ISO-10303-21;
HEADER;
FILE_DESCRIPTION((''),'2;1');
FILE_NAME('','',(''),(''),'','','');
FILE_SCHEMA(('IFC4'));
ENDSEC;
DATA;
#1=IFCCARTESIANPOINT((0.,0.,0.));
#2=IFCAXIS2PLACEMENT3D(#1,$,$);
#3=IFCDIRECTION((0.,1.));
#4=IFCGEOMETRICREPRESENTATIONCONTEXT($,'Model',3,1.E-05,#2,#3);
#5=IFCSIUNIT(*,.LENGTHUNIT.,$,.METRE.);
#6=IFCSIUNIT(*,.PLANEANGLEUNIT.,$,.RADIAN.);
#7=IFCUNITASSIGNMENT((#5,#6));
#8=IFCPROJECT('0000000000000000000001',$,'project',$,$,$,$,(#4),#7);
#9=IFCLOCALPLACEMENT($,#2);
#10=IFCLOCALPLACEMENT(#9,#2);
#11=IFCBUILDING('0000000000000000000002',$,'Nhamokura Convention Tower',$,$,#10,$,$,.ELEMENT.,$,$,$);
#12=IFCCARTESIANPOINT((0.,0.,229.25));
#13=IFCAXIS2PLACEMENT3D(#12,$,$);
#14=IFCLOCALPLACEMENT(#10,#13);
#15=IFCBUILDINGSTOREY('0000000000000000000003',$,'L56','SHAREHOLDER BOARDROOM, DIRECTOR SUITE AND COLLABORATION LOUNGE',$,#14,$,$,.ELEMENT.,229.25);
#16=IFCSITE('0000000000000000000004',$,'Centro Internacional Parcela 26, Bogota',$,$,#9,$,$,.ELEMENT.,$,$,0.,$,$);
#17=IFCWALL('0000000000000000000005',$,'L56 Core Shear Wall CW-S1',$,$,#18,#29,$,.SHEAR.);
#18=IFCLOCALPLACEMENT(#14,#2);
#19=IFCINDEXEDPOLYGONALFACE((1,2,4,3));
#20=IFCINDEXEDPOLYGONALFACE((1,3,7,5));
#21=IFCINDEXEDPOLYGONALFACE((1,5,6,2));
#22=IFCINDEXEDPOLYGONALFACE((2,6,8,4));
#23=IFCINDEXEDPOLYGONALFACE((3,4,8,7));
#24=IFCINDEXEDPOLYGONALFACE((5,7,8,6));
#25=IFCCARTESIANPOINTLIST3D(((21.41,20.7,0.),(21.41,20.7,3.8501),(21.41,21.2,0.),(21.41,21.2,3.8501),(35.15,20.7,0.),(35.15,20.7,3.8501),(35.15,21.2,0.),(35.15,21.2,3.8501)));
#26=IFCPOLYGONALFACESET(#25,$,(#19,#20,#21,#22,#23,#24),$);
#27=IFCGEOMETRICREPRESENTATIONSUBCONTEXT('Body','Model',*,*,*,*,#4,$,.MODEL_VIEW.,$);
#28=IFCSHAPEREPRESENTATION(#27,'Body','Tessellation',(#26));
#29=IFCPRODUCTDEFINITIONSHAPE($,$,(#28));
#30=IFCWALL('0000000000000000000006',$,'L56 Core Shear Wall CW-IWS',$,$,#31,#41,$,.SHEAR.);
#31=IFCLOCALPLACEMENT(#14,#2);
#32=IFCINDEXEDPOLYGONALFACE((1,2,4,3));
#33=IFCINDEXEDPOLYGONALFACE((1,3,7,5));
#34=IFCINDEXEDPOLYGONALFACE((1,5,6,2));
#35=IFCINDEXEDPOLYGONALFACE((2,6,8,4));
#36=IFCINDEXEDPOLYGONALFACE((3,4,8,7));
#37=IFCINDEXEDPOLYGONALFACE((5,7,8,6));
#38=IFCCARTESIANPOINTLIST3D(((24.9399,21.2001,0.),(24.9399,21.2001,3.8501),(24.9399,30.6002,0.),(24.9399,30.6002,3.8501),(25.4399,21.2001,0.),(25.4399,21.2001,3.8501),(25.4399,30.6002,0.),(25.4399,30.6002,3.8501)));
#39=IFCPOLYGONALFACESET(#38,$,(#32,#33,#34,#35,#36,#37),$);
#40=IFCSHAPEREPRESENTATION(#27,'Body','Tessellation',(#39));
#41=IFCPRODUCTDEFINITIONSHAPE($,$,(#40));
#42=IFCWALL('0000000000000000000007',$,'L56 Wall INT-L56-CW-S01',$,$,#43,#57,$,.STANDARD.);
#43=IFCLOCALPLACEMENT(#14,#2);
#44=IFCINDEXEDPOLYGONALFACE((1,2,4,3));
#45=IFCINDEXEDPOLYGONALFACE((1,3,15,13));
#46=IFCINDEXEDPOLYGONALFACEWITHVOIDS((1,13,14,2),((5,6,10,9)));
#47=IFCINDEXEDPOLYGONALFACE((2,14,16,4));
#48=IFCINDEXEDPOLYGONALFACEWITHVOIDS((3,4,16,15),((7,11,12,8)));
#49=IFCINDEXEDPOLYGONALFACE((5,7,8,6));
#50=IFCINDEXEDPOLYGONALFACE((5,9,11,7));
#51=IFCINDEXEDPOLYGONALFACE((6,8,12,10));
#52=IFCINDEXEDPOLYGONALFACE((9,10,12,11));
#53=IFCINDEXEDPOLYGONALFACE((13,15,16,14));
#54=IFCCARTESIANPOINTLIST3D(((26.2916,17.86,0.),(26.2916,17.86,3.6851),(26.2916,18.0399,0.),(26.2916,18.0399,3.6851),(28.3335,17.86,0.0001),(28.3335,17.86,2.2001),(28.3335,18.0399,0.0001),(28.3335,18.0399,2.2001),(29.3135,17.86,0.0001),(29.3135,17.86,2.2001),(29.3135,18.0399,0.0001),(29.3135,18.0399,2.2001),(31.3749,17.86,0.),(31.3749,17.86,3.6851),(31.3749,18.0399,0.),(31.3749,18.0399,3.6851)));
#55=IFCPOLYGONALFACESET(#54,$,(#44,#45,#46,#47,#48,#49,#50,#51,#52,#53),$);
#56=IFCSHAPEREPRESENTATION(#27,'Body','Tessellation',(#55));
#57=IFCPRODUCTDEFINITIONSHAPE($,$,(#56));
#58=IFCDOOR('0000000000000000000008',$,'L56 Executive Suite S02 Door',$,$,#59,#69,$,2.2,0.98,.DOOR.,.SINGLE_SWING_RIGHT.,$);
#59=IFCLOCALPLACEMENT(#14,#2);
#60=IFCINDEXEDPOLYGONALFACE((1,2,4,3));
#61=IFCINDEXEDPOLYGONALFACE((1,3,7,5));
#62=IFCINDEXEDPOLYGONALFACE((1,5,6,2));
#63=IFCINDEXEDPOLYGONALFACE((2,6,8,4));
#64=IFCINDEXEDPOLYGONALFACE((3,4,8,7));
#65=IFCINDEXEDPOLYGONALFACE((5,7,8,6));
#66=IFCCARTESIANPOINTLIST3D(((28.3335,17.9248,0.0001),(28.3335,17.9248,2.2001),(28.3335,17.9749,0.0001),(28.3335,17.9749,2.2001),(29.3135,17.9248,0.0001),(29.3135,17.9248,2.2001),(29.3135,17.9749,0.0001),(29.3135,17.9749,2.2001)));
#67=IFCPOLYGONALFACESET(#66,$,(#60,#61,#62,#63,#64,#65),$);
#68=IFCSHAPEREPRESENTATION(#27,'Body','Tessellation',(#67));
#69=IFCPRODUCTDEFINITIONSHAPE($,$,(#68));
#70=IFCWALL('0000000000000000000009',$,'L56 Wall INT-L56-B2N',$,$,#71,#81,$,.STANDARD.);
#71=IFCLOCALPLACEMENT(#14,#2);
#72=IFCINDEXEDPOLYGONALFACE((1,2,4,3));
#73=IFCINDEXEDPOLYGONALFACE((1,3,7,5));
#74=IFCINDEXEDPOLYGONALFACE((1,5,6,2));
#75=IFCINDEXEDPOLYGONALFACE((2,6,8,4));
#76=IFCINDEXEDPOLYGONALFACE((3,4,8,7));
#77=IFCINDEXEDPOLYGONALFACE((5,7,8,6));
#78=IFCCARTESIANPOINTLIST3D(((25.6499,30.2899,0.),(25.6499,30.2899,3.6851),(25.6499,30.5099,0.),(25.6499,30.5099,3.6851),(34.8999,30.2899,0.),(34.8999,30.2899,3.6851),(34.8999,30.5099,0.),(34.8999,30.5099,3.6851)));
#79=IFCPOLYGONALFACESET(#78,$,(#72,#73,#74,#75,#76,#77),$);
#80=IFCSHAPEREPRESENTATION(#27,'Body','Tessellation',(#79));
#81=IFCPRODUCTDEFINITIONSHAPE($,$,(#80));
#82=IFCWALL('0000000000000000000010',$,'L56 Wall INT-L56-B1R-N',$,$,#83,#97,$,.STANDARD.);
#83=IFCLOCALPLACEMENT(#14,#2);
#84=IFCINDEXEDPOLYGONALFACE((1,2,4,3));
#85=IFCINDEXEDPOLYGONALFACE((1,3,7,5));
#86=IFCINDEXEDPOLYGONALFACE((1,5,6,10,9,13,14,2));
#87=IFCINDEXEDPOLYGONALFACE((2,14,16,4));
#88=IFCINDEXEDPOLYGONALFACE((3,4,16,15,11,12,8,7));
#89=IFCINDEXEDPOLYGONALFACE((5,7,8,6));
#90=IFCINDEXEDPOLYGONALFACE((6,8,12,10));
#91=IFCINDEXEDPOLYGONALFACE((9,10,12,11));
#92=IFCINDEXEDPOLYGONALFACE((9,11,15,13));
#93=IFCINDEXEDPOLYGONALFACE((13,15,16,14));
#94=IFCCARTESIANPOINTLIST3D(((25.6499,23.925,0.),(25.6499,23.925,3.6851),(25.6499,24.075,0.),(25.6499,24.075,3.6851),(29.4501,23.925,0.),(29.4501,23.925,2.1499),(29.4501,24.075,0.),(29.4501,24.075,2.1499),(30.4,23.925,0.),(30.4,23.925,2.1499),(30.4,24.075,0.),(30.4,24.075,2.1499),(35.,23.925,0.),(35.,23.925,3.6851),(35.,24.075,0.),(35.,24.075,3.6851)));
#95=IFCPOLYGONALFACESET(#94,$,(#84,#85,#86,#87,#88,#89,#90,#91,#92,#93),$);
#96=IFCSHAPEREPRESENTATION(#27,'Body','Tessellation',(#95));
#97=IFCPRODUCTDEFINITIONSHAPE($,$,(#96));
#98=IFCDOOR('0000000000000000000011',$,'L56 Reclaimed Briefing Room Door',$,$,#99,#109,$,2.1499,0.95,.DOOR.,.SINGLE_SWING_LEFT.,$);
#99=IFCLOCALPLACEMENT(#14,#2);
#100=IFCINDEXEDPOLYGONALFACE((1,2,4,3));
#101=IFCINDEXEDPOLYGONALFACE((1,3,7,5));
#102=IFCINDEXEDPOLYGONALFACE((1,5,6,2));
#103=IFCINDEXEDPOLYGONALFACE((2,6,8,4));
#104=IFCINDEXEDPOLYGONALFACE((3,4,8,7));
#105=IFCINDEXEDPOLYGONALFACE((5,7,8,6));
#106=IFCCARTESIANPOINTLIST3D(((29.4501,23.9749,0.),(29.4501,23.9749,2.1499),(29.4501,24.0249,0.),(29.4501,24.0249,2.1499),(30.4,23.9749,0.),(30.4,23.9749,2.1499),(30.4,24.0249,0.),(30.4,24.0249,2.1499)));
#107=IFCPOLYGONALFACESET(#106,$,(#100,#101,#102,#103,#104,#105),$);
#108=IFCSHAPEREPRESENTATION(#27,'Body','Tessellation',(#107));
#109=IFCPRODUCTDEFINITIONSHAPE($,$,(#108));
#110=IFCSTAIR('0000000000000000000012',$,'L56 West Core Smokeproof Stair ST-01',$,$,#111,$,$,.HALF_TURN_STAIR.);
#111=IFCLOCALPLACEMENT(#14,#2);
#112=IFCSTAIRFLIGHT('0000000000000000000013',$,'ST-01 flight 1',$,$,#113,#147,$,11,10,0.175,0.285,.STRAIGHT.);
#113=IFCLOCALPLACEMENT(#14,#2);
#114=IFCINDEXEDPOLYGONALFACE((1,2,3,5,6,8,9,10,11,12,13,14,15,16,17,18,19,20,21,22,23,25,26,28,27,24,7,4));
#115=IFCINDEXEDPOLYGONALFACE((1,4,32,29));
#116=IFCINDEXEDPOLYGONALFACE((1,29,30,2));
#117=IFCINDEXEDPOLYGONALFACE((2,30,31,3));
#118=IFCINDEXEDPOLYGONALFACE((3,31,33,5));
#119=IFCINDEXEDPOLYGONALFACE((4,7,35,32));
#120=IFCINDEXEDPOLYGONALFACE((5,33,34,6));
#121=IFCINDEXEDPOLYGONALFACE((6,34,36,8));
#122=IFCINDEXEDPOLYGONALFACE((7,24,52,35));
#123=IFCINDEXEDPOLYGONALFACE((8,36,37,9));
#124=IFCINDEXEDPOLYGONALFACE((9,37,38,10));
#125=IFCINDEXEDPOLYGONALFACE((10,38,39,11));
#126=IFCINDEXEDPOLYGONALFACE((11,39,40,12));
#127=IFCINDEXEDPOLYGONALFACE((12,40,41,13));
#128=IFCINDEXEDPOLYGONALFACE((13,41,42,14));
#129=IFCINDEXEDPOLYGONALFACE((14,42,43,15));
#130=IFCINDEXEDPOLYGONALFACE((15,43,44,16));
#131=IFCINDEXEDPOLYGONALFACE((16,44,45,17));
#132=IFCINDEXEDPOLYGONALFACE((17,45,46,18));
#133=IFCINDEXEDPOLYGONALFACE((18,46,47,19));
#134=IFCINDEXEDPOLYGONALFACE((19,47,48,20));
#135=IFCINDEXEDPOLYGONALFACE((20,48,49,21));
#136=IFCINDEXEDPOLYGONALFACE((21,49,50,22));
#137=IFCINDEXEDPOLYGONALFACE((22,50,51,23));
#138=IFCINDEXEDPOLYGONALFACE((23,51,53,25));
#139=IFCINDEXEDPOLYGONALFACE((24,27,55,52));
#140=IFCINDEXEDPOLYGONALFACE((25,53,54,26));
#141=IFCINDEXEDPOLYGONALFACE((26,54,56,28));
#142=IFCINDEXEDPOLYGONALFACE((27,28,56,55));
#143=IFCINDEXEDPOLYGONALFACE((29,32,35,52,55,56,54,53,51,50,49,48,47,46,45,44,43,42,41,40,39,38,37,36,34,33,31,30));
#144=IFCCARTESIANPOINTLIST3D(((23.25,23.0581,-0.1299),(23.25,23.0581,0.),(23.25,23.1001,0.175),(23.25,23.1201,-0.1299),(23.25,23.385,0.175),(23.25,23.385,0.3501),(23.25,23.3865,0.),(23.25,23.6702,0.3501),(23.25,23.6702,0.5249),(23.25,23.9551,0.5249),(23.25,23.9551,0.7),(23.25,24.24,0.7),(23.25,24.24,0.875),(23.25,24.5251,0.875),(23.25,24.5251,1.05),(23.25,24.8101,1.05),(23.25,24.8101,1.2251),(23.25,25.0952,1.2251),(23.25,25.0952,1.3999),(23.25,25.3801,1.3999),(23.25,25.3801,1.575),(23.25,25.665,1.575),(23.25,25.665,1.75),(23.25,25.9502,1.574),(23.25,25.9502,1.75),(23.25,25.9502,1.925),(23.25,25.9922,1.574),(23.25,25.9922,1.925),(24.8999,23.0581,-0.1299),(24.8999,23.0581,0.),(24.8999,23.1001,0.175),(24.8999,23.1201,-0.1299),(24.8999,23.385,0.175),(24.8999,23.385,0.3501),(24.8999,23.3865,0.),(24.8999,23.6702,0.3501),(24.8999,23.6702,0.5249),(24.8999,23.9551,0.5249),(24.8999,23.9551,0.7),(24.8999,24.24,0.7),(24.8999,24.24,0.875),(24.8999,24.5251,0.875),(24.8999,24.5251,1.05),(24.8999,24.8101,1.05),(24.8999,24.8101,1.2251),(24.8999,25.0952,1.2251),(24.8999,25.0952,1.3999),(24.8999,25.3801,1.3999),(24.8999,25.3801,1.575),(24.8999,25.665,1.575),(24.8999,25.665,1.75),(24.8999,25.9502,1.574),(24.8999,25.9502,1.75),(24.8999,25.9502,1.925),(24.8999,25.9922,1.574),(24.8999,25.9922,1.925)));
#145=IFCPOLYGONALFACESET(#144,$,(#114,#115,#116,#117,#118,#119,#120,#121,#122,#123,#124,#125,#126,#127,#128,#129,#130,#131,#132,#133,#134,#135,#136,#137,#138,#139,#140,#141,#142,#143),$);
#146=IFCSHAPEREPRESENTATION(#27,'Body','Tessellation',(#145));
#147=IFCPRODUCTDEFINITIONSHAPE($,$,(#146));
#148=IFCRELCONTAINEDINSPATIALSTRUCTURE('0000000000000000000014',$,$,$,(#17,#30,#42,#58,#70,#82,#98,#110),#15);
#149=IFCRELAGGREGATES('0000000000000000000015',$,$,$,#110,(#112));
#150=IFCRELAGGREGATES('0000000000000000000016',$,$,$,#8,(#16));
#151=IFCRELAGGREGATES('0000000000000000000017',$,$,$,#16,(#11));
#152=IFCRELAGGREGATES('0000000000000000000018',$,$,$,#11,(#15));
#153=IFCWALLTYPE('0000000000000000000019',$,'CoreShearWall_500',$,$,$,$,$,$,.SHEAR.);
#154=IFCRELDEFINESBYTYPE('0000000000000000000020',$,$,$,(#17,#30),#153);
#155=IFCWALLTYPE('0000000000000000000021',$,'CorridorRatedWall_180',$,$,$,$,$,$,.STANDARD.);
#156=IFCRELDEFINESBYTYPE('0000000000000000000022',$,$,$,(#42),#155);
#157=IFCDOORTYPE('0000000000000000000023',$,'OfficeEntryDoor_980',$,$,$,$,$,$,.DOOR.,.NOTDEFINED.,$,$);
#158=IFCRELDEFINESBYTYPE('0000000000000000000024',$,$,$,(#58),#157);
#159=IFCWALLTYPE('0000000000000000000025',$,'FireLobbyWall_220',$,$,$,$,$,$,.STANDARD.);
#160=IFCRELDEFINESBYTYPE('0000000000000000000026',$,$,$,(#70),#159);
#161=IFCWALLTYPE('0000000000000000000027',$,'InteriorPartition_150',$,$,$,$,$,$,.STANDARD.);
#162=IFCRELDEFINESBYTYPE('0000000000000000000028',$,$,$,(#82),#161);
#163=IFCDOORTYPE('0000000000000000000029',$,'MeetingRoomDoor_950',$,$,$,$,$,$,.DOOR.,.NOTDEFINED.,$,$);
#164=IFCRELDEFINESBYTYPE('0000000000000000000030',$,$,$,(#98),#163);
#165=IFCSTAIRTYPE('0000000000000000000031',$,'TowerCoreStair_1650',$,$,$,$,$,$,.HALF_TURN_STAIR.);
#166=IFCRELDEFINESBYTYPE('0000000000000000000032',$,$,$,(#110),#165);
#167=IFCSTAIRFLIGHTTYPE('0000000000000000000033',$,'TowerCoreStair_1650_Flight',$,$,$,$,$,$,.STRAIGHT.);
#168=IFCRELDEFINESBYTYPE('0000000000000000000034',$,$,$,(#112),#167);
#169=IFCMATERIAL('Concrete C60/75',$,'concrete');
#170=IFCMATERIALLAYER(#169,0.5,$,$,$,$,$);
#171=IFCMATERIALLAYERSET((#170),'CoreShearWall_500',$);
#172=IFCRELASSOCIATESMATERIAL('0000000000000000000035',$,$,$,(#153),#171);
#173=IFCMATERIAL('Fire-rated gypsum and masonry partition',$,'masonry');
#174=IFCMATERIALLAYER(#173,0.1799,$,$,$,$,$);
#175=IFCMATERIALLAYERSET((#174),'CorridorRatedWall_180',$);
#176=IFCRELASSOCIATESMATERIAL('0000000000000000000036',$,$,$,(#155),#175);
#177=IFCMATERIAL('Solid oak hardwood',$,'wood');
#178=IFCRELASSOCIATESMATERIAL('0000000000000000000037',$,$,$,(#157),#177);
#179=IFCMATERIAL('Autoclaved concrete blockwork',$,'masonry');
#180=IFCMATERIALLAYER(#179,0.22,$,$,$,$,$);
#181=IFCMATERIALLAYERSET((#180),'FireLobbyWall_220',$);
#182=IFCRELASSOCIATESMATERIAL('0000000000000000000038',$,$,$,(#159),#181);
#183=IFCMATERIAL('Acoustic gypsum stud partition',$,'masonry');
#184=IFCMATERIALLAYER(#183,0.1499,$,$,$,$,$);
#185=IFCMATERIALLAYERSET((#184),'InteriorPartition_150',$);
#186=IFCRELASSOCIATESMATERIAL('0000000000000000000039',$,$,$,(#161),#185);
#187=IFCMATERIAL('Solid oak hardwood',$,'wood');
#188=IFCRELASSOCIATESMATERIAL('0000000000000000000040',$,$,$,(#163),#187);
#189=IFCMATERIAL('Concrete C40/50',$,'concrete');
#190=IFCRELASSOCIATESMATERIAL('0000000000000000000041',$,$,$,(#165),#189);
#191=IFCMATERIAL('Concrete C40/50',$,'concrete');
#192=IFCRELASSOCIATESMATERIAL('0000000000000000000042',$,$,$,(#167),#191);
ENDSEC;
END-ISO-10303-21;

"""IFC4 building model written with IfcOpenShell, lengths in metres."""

from ifc_helpers import new_model, si_unit, direction, frame, frame_2d, origin, place, context, subcontext, project, spatial, polyline, rectangle, outline, extrude, material, layer, layer_set, type_object, element, fill, aggregate, save


model = new_model("IFC4")

# Units and contexts
model_context = context("Model", 3, precision=1e-05, world=origin(), true_north=direction((0.0, 1.0)))
body_context = subcontext(model_context, "Body", "Model", "MODEL_VIEW")
ifc_project = project(units=[si_unit("LENGTHUNIT", "METRE"), si_unit("PLANEANGLEUNIT", "RADIAN")], contexts=[model_context])

# Site, building, storey
site_placement = place(None, origin())
site = spatial("IfcSite", under=ifc_project, at=site_placement, Name="Centro Internacional Parcela 26, Bogota", CompositionType="ELEMENT", RefElevation=0.0)
building_placement = place(site_placement, origin())
building = spatial("IfcBuilding", under=site, at=building_placement, Name="Nhamokura Convention Tower", CompositionType="ELEMENT")
storey_placement = place(building_placement, frame((0.0, 0.0, 229.25)))
storey = spatial("IfcBuildingStorey", under=building, at=storey_placement, Name="L56", Description="SHAREHOLDER BOARDROOM, DIRECTOR SUITE AND COLLABORATION LOUNGE", CompositionType="ELEMENT", Elevation=229.25)

# Shared definitions
ifc_material_1 = material(Name="Concrete C60/75", Category="concrete")
ifc_layer_1 = layer(ifc_material_1, 0.5)
ifc_layer_set_1 = layer_set([ifc_layer_1], Name="CoreShearWall_500")
wall_type_1 = type_object("IfcWallType", Name="CoreShearWall_500", PredefinedType="SHEAR", material=ifc_layer_set_1)

# Walls
wall_1_placement = place(storey_placement, frame((21.4099, 20.95, 0.0), z_axis=(0.0, 0.0, 1.0), x_axis=(1.0, 0.0, 0.0)))
element("IfcWall", 1, at=wall_1_placement, inside=storey, type_object=wall_type_1, Name="L56 Core Shear Wall CW-S1", PredefinedType="SHEAR", context=body_context, shape_type="SweptSolid", body=[
    extrude(rectangle(XDim=13.74, YDim=0.5, at=frame_2d((6.8701, 0.0))), origin(), (0.0, 0.0, 1.0), 3.8501),
])
wall_2_placement = place(storey_placement, frame((25.1899, 21.2, 0.0), z_axis=(0.0, 0.0, 1.0), x_axis=(0.0, 1.0, 0.0)))
element("IfcWall", 2, at=wall_2_placement, inside=storey, type_object=wall_type_1, Name="L56 Core Shear Wall CW-IWS", PredefinedType="SHEAR", context=body_context, shape_type="SweptSolid", body=[
    extrude(rectangle(XDim=9.4001, YDim=0.5, at=frame_2d((4.7002, 0.0))), origin(), (0.0, 0.0, 1.0), 3.8501),
])

# Wall, opening, door
ifc_material_2 = material(Name="Fire-rated gypsum and masonry partition", Category="masonry")
ifc_layer_2 = layer(ifc_material_2, 0.1799)
ifc_layer_set_2 = layer_set([ifc_layer_2], Name="CorridorRatedWall_180")
wall_type_2 = type_object("IfcWallType", Name="CorridorRatedWall_180", PredefinedType="STANDARD", material=ifc_layer_set_2)
wall_3_placement = place(storey_placement, frame((26.2917, 17.95, 0.0), z_axis=(0.0, 0.0, 1.0), x_axis=(1.0, 0.0, 0.0)))
wall_3 = element("IfcWall", 3, at=wall_3_placement, inside=storey, type_object=wall_type_2, Name="L56 Wall INT-L56-CW-S01", PredefinedType="STANDARD", context=body_context, shape_type="SweptSolid", body=[
    extrude(rectangle(XDim=5.0833, YDim=0.1799, at=frame_2d((2.5415, 0.0))), origin(), (0.0, 0.0, 1.0), 3.6851),
])
opening_1_placement = place(wall_3_placement, frame((2.0417, 0.0, 0.0)))
opening_1 = element("IfcOpeningElement", 4, at=opening_1_placement, cuts=wall_3, PredefinedType="OPENING", context=body_context, shape_type="SweptSolid", body=[
    extrude(rectangle(XDim=0.98, YDim=2.2, at=frame_2d((0.49, 1.1001))), frame((0.0, 0.0999, 0.0), z_axis=(0.0, -1.0, 0.0), x_axis=(1.0, 0.0, 0.0)), (0.0, 0.0, 1.0), 0.2),
])
ifc_material_3 = material(Name="Solid oak hardwood", Category="wood")
door_type_1 = type_object("IfcDoorType", Name="OfficeEntryDoor_980", OperationType="NOTDEFINED", PredefinedType="DOOR", material=ifc_material_3)
door_1_placement = place(opening_1_placement, origin())
door_1 = element("IfcDoor", 5, at=door_1_placement, inside=storey, type_object=door_type_1, Name="L56 Executive Suite S02 Door", OperationType="SINGLE_SWING_RIGHT", OverallHeight=2.2, OverallWidth=0.98, PredefinedType="DOOR", context=body_context, shape_type="SweptSolid", body=[
    extrude(rectangle(XDim=0.98, YDim=2.2, at=frame_2d((0.49, 1.1001))), frame((0.0, 0.0249, 0.0), z_axis=(0.0, -1.0, 0.0), x_axis=(1.0, 0.0, 0.0)), (0.0, 0.0, 1.0), 0.05),
])
fill(opening_1, door_1)

# Shared definitions
ifc_material_4 = material(Name="Autoclaved concrete blockwork", Category="masonry")
ifc_layer_3 = layer(ifc_material_4, 0.22)
ifc_layer_set_3 = layer_set([ifc_layer_3], Name="FireLobbyWall_220")
wall_type_3 = type_object("IfcWallType", Name="FireLobbyWall_220", PredefinedType="STANDARD", material=ifc_layer_set_3)

# Wall
wall_4_placement = place(storey_placement, frame((25.6499, 30.3999, 0.0), z_axis=(0.0, 0.0, 1.0), x_axis=(1.0, 0.0, 0.0)))
element("IfcWall", 6, at=wall_4_placement, inside=storey, type_object=wall_type_3, Name="L56 Wall INT-L56-B2N", PredefinedType="STANDARD", context=body_context, shape_type="SweptSolid", body=[
    extrude(rectangle(XDim=9.25, YDim=0.22, at=frame_2d((4.625, 0.0))), origin(), (0.0, 0.0, 1.0), 3.6851),
])

# Wall, opening, door
ifc_material_5 = material(Name="Acoustic gypsum stud partition", Category="masonry")
ifc_layer_4 = layer(ifc_material_5, 0.1499)
ifc_layer_set_4 = layer_set([ifc_layer_4], Name="InteriorPartition_150")
wall_type_4 = type_object("IfcWallType", Name="InteriorPartition_150", PredefinedType="STANDARD", material=ifc_layer_set_4)
wall_5_placement = place(storey_placement, frame((25.6499, 24.0, 0.0), z_axis=(0.0, 0.0, 1.0), x_axis=(1.0, 0.0, 0.0)))
wall_5 = element("IfcWall", 7, at=wall_5_placement, inside=storey, type_object=wall_type_4, Name="L56 Wall INT-L56-B1R-N", PredefinedType="STANDARD", context=body_context, shape_type="SweptSolid", body=[
    extrude(rectangle(XDim=9.3501, YDim=0.1499, at=frame_2d((4.675, 0.0))), origin(), (0.0, 0.0, 1.0), 3.6851),
])
opening_2_placement = place(wall_5_placement, frame((3.8, 0.0, 0.0)))
opening_2 = element("IfcOpeningElement", 8, at=opening_2_placement, cuts=wall_5, PredefinedType="OPENING", context=body_context, shape_type="SweptSolid", body=[
    extrude(rectangle(XDim=0.95, YDim=2.1499, at=frame_2d((0.4751, 1.075))), frame((0.0, 0.085, 0.0), z_axis=(0.0, -1.0, 0.0), x_axis=(1.0, 0.0, 0.0)), (0.0, 0.0, 1.0), 0.1699),
])
ifc_material_6 = material(Name="Solid oak hardwood", Category="wood")
door_type_2 = type_object("IfcDoorType", Name="MeetingRoomDoor_950", OperationType="NOTDEFINED", PredefinedType="DOOR", material=ifc_material_6)
door_2_placement = place(opening_2_placement, origin())
door_2 = element("IfcDoor", 9, at=door_2_placement, inside=storey, type_object=door_type_2, Name="L56 Reclaimed Briefing Room Door", OperationType="SINGLE_SWING_LEFT", OverallHeight=2.1499, OverallWidth=0.95, PredefinedType="DOOR", context=body_context, shape_type="SweptSolid", body=[
    extrude(rectangle(XDim=0.95, YDim=2.1499, at=frame_2d((0.4751, 1.075))), frame((0.0, 0.0249, 0.0), z_axis=(0.0, -1.0, 0.0), x_axis=(1.0, 0.0, 0.0)), (0.0, 0.0, 1.0), 0.05),
])
fill(opening_2, door_2)

# Stair, stair flight
ifc_material_7 = material(Name="Concrete C40/50", Category="concrete")
stair_type = type_object("IfcStairType", Name="TowerCoreStair_1650", PredefinedType="HALF_TURN_STAIR", material=ifc_material_7)
stair_placement = place(storey_placement, origin())
stair = element("IfcStair", 10, at=stair_placement, inside=storey, type_object=stair_type, Name="L56 West Core Smokeproof Stair ST-01", PredefinedType="HALF_TURN_STAIR")
ifc_material_8 = material(Name="Concrete C40/50", Category="concrete")
stair_flight_type = type_object("IfcStairFlightType", Name="TowerCoreStair_1650_Flight", PredefinedType="STRAIGHT", material=ifc_material_8)
stair_flight_1_placement = place(storey_placement, frame((24.075, 23.1001, 0.0), z_axis=(0.0, 0.0, 1.0), x_axis=(0.0, 1.0, 0.0)))
stair_flight_1 = element("IfcStairFlight", 11, at=stair_flight_1_placement, type_object=stair_flight_type, Name="ST-01 flight 1", NumberOfRisers=11, NumberOfTreads=10, PredefinedType="STRAIGHT", RiserHeight=0.175, TreadLength=0.285, context=body_context, shape_type="SweptSolid", body=[
    extrude(outline(polyline([(-0.042, 0.0), (0.0, 0.175), (0.2849, 0.175), (0.2849, 0.3501), (0.5701, 0.3501), (0.5701, 0.5249), (0.855, 0.5249), (0.855, 0.7), (1.1399, 0.7), (1.1399, 0.875), (1.425, 0.875), (1.425, 1.05), (1.71, 1.05), (1.71, 1.2251), (1.9951, 1.2251), (1.9951, 1.3999), (2.28, 1.3999), (2.28, 1.575), (2.5649, 1.575), (2.5649, 1.75), (2.8501, 1.75), (2.8501, 1.925), (2.8921, 1.925), (2.8921, 1.574), (2.8501, 1.574), (0.2864, 0.0), (0.02, -0.1299), (-0.042, -0.1299), (-0.042, 0.0)])), frame((0.0, 0.825, 0.0), z_axis=(0.0, -1.0, 0.0), x_axis=(1.0, 0.0, 0.0)), (0.0, 0.0, 1.0), 1.6499),
])
aggregate(stair, [stair_flight_1])

save(model, "model.ifc")
